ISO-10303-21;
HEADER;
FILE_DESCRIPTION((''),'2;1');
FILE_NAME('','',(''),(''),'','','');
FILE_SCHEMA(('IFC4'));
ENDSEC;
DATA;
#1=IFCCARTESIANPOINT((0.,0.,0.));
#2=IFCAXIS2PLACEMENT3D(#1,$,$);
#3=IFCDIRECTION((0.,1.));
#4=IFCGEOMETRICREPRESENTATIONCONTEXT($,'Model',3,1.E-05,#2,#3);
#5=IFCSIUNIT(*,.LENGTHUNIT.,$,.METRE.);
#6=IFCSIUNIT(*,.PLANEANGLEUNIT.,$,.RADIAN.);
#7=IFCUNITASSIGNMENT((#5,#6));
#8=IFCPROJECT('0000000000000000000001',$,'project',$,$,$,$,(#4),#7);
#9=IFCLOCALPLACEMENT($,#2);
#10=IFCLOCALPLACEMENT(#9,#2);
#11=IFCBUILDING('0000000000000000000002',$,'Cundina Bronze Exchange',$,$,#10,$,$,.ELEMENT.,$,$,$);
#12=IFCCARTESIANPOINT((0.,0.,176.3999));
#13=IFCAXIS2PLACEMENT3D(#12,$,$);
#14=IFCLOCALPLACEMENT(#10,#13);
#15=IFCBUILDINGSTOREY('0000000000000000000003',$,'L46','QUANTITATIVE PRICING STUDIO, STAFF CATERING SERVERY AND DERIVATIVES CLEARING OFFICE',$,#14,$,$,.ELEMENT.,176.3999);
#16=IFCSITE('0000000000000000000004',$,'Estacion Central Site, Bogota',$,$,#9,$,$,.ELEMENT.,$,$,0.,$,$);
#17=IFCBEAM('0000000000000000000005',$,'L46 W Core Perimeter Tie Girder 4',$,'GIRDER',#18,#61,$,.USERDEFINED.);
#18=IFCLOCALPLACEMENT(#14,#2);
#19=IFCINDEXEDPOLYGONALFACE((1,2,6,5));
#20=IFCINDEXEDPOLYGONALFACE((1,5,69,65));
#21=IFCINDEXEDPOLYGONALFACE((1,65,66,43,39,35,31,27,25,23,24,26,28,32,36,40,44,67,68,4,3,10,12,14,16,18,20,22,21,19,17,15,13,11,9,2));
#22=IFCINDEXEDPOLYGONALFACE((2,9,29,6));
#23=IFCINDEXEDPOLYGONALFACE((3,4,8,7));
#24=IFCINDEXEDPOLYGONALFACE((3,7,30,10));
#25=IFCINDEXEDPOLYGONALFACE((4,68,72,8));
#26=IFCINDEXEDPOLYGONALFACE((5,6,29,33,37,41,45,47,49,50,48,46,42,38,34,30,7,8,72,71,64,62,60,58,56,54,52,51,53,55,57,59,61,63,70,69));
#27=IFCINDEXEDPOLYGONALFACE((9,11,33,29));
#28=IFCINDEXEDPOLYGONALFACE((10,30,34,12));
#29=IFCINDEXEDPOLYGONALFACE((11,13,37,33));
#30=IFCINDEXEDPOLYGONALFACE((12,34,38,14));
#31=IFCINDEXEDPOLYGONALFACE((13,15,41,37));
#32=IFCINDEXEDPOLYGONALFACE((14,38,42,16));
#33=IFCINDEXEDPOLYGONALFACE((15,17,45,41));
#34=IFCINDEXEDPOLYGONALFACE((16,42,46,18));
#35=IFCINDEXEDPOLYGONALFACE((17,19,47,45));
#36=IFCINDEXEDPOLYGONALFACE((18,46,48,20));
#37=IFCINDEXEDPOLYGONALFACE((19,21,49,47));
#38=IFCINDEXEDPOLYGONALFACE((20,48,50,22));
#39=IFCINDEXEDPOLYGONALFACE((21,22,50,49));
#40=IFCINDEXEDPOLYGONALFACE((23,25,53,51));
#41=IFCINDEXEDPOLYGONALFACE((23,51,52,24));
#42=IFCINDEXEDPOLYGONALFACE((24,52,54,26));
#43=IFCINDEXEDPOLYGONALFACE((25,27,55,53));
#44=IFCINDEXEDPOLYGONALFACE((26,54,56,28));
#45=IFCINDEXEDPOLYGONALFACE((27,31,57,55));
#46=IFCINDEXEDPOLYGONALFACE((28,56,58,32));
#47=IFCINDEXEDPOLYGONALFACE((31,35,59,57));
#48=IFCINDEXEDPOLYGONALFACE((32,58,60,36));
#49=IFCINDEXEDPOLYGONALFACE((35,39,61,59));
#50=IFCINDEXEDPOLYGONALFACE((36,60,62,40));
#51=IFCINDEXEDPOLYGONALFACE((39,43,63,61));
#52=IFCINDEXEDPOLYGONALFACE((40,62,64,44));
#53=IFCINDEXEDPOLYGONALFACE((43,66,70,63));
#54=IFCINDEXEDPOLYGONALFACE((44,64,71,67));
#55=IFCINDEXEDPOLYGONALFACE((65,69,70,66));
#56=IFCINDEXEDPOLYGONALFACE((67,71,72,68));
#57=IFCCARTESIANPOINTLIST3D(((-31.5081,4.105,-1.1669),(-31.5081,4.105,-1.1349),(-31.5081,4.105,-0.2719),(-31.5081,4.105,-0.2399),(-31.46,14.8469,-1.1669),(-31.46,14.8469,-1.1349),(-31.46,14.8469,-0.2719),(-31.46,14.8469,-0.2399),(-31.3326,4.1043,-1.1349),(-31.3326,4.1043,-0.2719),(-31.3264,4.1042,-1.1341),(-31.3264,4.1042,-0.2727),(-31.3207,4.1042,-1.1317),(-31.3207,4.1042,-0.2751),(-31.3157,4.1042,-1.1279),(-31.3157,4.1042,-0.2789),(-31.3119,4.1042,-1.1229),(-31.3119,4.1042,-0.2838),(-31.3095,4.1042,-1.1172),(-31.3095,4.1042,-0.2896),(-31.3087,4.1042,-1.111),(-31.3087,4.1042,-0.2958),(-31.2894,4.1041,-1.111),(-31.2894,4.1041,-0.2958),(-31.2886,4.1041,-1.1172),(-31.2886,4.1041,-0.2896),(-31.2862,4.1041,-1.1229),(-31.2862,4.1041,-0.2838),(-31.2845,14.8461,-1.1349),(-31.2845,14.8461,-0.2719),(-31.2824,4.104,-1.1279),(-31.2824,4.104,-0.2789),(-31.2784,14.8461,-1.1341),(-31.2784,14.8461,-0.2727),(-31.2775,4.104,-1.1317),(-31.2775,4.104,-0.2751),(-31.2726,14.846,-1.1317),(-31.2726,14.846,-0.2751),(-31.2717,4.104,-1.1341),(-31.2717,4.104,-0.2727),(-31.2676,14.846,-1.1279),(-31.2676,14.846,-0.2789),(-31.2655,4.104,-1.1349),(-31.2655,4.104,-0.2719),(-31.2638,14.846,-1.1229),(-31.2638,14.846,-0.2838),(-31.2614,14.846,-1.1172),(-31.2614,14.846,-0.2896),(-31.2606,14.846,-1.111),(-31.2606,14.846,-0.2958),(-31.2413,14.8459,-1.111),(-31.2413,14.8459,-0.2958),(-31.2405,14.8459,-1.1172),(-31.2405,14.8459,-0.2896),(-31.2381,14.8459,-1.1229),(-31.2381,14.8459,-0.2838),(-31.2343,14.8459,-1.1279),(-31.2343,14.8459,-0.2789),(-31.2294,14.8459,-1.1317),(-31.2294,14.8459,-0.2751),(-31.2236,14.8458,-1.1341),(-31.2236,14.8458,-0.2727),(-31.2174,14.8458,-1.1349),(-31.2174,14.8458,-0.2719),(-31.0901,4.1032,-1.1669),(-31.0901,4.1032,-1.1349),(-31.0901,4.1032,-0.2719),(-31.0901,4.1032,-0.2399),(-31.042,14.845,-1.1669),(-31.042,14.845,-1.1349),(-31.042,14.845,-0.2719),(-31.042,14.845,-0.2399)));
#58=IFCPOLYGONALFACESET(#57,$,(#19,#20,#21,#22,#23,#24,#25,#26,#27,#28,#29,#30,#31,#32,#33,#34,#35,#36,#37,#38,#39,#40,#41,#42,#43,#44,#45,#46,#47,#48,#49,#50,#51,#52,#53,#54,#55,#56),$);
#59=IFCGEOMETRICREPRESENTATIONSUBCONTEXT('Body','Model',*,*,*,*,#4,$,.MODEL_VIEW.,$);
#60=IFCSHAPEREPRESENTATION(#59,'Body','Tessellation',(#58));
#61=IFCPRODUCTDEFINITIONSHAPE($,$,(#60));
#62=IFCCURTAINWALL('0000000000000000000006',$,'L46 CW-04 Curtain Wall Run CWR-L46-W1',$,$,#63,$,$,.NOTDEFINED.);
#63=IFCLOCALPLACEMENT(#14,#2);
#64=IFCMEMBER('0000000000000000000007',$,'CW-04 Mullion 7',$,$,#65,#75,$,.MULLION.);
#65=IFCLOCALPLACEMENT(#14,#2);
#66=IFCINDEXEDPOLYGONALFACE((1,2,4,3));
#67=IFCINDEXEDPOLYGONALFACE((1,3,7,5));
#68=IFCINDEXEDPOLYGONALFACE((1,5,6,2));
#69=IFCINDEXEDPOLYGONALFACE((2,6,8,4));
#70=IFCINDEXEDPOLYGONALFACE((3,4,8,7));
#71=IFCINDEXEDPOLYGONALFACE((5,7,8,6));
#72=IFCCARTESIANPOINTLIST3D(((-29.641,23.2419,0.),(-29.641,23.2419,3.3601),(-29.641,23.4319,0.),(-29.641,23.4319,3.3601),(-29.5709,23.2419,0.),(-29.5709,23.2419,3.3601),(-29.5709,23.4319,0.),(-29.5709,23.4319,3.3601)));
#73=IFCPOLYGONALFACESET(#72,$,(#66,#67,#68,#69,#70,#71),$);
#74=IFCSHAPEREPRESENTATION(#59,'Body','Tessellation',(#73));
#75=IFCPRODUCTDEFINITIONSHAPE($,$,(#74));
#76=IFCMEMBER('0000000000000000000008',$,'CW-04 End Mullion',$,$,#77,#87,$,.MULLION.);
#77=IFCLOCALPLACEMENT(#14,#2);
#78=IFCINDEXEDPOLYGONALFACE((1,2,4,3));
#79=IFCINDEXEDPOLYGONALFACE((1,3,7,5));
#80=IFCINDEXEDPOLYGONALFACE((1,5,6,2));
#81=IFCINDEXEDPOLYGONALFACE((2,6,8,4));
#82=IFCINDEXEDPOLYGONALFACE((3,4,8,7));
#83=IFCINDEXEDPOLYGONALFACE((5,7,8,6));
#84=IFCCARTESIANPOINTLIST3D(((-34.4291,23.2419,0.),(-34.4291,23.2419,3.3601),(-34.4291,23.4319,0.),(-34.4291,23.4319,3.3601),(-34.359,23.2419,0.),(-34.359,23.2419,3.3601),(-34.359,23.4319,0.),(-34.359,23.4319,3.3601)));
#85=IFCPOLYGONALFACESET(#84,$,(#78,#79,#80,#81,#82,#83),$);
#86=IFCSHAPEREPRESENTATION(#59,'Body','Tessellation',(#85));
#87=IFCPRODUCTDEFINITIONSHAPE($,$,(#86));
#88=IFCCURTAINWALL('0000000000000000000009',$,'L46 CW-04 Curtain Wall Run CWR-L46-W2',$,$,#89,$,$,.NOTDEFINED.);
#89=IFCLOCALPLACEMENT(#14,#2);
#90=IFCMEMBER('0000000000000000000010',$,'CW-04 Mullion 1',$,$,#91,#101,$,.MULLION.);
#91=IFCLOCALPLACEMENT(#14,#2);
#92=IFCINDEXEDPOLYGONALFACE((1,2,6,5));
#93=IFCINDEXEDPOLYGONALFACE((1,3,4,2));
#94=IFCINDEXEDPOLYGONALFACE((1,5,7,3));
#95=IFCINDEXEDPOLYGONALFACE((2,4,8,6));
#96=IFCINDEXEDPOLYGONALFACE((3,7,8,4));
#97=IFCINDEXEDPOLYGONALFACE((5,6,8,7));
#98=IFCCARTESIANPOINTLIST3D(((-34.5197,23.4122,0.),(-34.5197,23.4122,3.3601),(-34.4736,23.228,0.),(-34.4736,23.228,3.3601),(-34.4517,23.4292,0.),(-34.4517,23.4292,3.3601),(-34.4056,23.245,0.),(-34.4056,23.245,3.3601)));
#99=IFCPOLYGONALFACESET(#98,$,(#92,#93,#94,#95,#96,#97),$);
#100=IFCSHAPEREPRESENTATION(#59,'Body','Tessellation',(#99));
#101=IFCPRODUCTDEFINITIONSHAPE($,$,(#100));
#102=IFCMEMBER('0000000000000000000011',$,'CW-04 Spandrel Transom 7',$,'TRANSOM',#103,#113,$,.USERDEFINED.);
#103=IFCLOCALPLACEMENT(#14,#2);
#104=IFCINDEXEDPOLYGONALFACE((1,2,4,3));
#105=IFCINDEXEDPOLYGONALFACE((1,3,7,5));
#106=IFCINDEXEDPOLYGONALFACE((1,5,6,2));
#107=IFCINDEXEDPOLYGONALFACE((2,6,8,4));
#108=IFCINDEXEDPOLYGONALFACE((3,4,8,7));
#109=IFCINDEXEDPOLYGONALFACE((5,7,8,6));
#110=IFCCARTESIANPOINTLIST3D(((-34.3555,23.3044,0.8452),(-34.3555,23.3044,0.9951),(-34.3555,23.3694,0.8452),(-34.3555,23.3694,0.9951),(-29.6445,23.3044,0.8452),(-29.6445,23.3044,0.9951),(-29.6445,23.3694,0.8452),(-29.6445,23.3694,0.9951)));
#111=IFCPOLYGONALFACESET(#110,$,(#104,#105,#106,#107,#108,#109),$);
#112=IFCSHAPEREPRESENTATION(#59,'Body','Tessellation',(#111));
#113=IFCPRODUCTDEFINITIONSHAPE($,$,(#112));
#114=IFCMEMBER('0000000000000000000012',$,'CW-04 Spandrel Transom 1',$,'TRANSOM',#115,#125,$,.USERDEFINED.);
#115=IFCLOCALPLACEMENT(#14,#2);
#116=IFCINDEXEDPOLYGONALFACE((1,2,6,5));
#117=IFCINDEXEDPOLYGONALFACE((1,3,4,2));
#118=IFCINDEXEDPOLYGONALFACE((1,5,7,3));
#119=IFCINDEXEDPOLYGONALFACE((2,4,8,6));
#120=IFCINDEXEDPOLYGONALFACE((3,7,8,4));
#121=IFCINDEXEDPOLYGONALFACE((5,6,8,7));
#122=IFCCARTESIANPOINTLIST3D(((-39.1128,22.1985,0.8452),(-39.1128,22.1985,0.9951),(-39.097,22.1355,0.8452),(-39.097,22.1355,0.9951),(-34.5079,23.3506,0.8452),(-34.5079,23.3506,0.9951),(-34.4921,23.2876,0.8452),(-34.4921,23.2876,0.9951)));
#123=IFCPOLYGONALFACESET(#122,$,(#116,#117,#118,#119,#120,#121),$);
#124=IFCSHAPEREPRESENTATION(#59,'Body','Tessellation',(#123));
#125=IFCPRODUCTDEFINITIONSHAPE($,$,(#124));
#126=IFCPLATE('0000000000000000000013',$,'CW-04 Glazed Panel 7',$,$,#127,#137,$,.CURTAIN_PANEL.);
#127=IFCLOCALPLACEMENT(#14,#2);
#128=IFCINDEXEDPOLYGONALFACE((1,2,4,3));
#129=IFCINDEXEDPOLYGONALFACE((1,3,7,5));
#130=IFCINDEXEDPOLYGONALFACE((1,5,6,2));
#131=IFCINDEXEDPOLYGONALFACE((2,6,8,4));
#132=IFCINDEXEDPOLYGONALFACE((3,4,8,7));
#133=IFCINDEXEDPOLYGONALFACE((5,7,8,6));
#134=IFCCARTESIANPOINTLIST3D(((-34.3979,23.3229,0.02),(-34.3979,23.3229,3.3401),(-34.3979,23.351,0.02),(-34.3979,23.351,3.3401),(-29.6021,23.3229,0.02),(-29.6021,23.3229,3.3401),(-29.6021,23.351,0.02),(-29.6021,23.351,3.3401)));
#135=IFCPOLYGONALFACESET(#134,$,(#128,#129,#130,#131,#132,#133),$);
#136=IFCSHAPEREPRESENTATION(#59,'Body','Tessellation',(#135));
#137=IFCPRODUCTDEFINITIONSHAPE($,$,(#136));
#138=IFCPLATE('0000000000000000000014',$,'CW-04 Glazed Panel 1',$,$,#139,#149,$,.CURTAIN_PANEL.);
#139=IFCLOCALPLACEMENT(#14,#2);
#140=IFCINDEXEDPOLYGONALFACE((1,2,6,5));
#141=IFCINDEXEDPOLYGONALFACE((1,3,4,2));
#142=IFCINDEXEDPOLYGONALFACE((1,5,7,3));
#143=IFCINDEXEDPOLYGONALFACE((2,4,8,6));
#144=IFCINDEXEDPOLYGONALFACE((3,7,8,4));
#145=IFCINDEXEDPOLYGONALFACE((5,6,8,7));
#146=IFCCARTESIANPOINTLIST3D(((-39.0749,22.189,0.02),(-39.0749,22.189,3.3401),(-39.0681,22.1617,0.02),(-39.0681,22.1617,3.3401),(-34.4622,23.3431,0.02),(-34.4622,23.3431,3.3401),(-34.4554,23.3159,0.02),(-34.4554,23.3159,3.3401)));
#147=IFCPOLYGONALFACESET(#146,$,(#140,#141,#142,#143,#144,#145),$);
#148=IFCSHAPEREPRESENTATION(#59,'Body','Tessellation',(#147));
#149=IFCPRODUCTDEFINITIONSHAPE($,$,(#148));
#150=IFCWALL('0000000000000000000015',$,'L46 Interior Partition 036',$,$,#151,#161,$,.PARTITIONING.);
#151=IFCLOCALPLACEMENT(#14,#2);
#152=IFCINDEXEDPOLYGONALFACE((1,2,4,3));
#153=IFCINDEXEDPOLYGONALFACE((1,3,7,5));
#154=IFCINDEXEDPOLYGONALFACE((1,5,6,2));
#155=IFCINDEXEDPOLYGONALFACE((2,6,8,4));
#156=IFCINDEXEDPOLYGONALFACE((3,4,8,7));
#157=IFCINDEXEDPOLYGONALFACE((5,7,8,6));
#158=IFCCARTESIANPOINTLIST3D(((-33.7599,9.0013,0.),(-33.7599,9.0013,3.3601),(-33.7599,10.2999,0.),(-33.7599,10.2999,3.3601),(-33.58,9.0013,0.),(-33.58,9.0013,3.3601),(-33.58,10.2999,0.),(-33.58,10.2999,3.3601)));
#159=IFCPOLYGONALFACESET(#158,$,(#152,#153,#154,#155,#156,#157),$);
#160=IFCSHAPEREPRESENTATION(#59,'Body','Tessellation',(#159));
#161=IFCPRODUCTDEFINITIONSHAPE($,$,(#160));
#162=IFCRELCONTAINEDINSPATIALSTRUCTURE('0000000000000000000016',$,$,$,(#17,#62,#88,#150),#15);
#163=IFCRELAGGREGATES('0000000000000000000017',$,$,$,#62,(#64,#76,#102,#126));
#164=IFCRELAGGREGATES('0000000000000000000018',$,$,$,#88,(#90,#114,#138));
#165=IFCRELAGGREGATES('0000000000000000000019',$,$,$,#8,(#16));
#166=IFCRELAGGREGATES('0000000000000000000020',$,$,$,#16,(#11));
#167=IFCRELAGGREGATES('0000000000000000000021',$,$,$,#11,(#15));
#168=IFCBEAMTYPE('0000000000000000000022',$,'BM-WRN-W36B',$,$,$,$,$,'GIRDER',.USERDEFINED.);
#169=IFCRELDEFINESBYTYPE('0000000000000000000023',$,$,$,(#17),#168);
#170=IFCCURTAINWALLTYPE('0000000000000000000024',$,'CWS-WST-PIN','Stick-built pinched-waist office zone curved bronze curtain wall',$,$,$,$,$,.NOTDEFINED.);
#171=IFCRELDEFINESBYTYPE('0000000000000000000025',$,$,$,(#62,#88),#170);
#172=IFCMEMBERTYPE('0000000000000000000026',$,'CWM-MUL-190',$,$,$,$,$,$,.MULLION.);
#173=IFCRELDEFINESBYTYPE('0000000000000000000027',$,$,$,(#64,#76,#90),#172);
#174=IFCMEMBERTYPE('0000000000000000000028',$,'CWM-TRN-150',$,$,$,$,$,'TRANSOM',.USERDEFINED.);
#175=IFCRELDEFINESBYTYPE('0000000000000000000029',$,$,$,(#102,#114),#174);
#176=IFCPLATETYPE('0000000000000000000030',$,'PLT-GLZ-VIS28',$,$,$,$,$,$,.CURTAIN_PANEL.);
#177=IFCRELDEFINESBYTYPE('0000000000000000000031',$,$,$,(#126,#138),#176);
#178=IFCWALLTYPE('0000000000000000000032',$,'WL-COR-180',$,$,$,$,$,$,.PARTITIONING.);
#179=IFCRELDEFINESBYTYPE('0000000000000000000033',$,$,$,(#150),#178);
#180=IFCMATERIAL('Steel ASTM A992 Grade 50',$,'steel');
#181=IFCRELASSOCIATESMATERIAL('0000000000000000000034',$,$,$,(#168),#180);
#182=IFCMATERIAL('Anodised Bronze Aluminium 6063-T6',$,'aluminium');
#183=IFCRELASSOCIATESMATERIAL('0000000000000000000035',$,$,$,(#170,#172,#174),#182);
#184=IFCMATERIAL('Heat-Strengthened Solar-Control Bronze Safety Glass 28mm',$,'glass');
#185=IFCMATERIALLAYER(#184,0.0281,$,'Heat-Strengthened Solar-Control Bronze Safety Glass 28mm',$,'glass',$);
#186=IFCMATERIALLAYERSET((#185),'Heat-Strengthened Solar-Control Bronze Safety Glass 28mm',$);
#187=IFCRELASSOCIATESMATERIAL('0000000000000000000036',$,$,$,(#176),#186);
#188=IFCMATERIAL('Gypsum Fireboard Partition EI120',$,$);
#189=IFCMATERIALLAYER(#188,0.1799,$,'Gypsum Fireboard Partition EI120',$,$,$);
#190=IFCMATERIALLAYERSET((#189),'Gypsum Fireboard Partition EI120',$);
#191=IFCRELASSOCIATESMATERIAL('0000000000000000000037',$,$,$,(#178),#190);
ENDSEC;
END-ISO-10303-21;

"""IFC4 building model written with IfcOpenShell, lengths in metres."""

from ifc_helpers import new_model, si_unit, direction, frame, frame_2d, origin, origin_2d, place, context, subcontext, project, spatial, rectangle, i_section, extrude, material, layer, layer_set, material_profile, profile_set, type_object, element, aggregate, save


model = new_model("IFC4")

# Units and contexts
model_context = context("Model", 3, precision=1e-05, world=origin(), true_north=direction((0.0, 1.0)))
body_context = subcontext(model_context, "Body", "Model", "MODEL_VIEW")
ifc_project = project(units=[si_unit("LENGTHUNIT", "METRE"), si_unit("PLANEANGLEUNIT", "RADIAN")], contexts=[model_context])

# Site, building, storey
site_placement = place(None, origin())
site = spatial("IfcSite", under=ifc_project, at=site_placement, Name="Estacion Central Site, Bogota", CompositionType="ELEMENT", RefElevation=0.0)
building_placement = place(site_placement, origin())
building = spatial("IfcBuilding", under=site, at=building_placement, Name="Cundina Bronze Exchange", CompositionType="ELEMENT")
storey_placement = place(building_placement, frame((0.0, 0.0, 176.3999)))
storey = spatial("IfcBuildingStorey", under=building, at=storey_placement, Name="L46", Description="QUANTITATIVE PRICING STUDIO, STAFF CATERING SERVERY AND DERIVATIVES CLEARING OFFICE", CompositionType="ELEMENT", Elevation=176.3999)

# Shared definitions
ifc_material_1 = material(Name="Steel ASTM A992 Grade 50", Category="steel")

# Beam
ifc_material_profile_1 = material_profile(ifc_material_1, i_section(OverallWidth=0.418, OverallDepth=0.927, WebThickness=0.0193, FlangeThickness=0.032, FilletRadius=0.0239, at=origin_2d()), Name="W36X231", Category="steel")
ifc_profile_set_1 = profile_set([ifc_material_profile_1], Name="Steel ASTM A992 Grade 50")
beam_type_1 = type_object("IfcBeamType", Name="BM-WRN-W36B", ElementType="GIRDER", PredefinedType="USERDEFINED", material=ifc_profile_set_1)
beam_1_placement = place(storey_placement, frame((-31.251, 14.8459, -0.7034), z_axis=(-0.004477, -0.99999, 0.0), x_axis=(0.99999, -0.004477, 0.0)))
element("IfcBeam", 1, at=beam_1_placement, inside=storey, type_object=beam_type_1, Name="L46 W Core Perimeter Tie Girder 4", ObjectType="GIRDER", PredefinedType="USERDEFINED", context=body_context, shape_type="SweptSolid", body=[
    extrude(i_section(OverallWidth=0.418, OverallDepth=0.927, WebThickness=0.0193, FlangeThickness=0.032, FilletRadius=0.0239, at=origin_2d()), origin(), (0.0, 0.0, 1.0), 10.7419),
])

# Curtain wall, members
ifc_material_2 = material(Name="Anodised Bronze Aluminium 6063-T6", Category="aluminium")
curtain_wall_type = type_object("IfcCurtainWallType", Name="CWS-WST-PIN", Description="Stick-built pinched-waist office zone curved bronze curtain wall", PredefinedType="NOTDEFINED", material=ifc_material_2)
curtain_wall_1_placement = place(storey_placement, origin())
curtain_wall_1 = element("IfcCurtainWall", 2, at=curtain_wall_1_placement, inside=storey, type_object=curtain_wall_type, Name="L46 CW-04 Curtain Wall Run CWR-L46-W1", PredefinedType="NOTDEFINED")
ifc_material_profile_2 = material_profile(ifc_material_2, rectangle(XDim=0.0701, YDim=0.1899, at=origin_2d()), Name="AL70X190", Category="aluminium")
ifc_profile_set_2 = profile_set([ifc_material_profile_2], Name="Anodised Bronze Aluminium 6063-T6")
member_type_1 = type_object("IfcMemberType", Name="CWM-MUL-190", PredefinedType="MULLION", material=ifc_profile_set_2)
member_1_placement = place(storey_placement, frame((-29.606, 23.3369, 0.0), z_axis=(0.0, 0.0, 1.0), x_axis=(-1.0, 0.0, 0.0)))
member_1 = element("IfcMember", 3, at=member_1_placement, type_object=member_type_1, Name="CW-04 Mullion 7", PredefinedType="MULLION", context=body_context, shape_type="SweptSolid", body=[
    extrude(rectangle(XDim=0.0701, YDim=0.1899, at=origin_2d()), origin(), (0.0, 0.0, 1.0), 3.3601),
])
member_2_placement = place(storey_placement, frame((-34.394, 23.3369, 0.0), z_axis=(0.0, 0.0, 1.0), x_axis=(-1.0, 0.0, 0.0)))
member_2 = element("IfcMember", 4, at=member_2_placement, type_object=member_type_1, Name="CW-04 End Mullion", PredefinedType="MULLION", context=body_context, shape_type="SweptSolid", body=[
    extrude(rectangle(XDim=0.0701, YDim=0.1899, at=origin_2d()), origin(), (0.0, 0.0, 1.0), 3.3601),
])

# Curtain wall, member
curtain_wall_2_placement = place(storey_placement, origin())
curtain_wall_2 = element("IfcCurtainWall", 5, at=curtain_wall_2_placement, inside=storey, type_object=curtain_wall_type, Name="L46 CW-04 Curtain Wall Run CWR-L46-W2", PredefinedType="NOTDEFINED")
member_3_placement = place(storey_placement, frame((-34.4626, 23.3286, 0.0), z_axis=(0.0, 0.0, 1.0), x_axis=(-0.970084, -0.242769, 0.0)))
member_3 = element("IfcMember", 6, at=member_3_placement, type_object=member_type_1, Name="CW-04 Mullion 1", PredefinedType="MULLION", context=body_context, shape_type="SweptSolid", body=[
    extrude(rectangle(XDim=0.0701, YDim=0.1899, at=origin_2d()), origin(), (0.0, 0.0, 1.0), 3.3601),
])

# Members
ifc_material_profile_3 = material_profile(ifc_material_2, rectangle(XDim=0.0649, YDim=0.1499, at=origin_2d()), Name="AL65X150", Category="aluminium")
ifc_profile_set_3 = profile_set([ifc_material_profile_3], Name="Anodised Bronze Aluminium 6063-T6")
member_type_2 = type_object("IfcMemberType", Name="CWM-TRN-150", ElementType="TRANSOM", PredefinedType="USERDEFINED", material=ifc_profile_set_3)
member_4_placement = place(storey_placement, frame((-29.6445, 23.3369, 0.9202), z_axis=(-1.0, 0.0, 0.0), x_axis=(0.0, -1.0, 0.0)))
member_4 = element("IfcMember", 7, at=member_4_placement, type_object=member_type_2, Name="CW-04 Spandrel Transom 7", ObjectType="TRANSOM", PredefinedType="USERDEFINED", context=body_context, shape_type="SweptSolid", body=[
    extrude(rectangle(XDim=0.0649, YDim=0.1499, at=origin_2d()), origin(), (0.0, 0.0, 1.0), 4.7109),
])
member_5_placement = place(storey_placement, frame((-34.5, 23.3191, 0.9202), z_axis=(-0.9701, -0.242705, 0.0), x_axis=(0.242705, -0.9701, 0.0)))
member_5 = element("IfcMember", 8, at=member_5_placement, type_object=member_type_2, Name="CW-04 Spandrel Transom 1", ObjectType="TRANSOM", PredefinedType="USERDEFINED", context=body_context, shape_type="SweptSolid", body=[
    extrude(rectangle(XDim=0.0649, YDim=0.1499, at=origin_2d()), origin(), (0.0, 0.0, 1.0), 4.7468),
])

# Plates
ifc_material_3 = material(Name="Heat-Strengthened Solar-Control Bronze Safety Glass 28mm", Category="glass")
ifc_layer_1 = layer(ifc_material_3, 0.0281, Name="Heat-Strengthened Solar-Control Bronze Safety Glass 28mm", Category="glass")
ifc_layer_set_1 = layer_set([ifc_layer_1], Name="Heat-Strengthened Solar-Control Bronze Safety Glass 28mm")
plate_type = type_object("IfcPlateType", Name="PLT-GLZ-VIS28", PredefinedType="CURTAIN_PANEL", material=ifc_layer_set_1)
plate_1_placement = place(storey_placement, frame((-32.0, 23.3369, 0.02), z_axis=(0.0, 0.0, 1.0), x_axis=(-1.0, 0.0, 0.0)))
plate_1 = element("IfcPlate", 9, at=plate_1_placement, type_object=plate_type, Name="CW-04 Glazed Panel 7", PredefinedType="CURTAIN_PANEL", context=body_context, shape_type="SweptSolid", body=[
    extrude(rectangle(XDim=4.7959, YDim=0.0281, at=origin_2d()), origin(), (0.0, 0.0, 1.0), 3.3201),
])
aggregate(curtain_wall_1, [member_1, member_2, member_4, plate_1])
plate_2_placement = place(storey_placement, frame((-36.7651, 22.7524, 0.02), z_axis=(0.0, 0.0, 1.0), x_axis=(-0.970093, -0.242735, 0.0)))
plate_2 = element("IfcPlate", 10, at=plate_2_placement, type_object=plate_type, Name="CW-04 Glazed Panel 1", PredefinedType="CURTAIN_PANEL", context=body_context, shape_type="SweptSolid", body=[
    extrude(rectangle(XDim=4.7549, YDim=0.0281, at=origin_2d()), origin(), (0.0, 0.0, 1.0), 3.3201),
])
aggregate(curtain_wall_2, [member_3, member_5, plate_2])

# Shared definitions
ifc_material_4 = material(Name="Gypsum Fireboard Partition EI120")
ifc_layer_2 = layer(ifc_material_4, 0.1799, Name="Gypsum Fireboard Partition EI120")
ifc_layer_set_2 = layer_set([ifc_layer_2], Name="Gypsum Fireboard Partition EI120")
wall_type_1 = type_object("IfcWallType", Name="WL-COR-180", PredefinedType="PARTITIONING", material=ifc_layer_set_2)

# Wall
wall_1_placement = place(storey_placement, frame((-33.6699, 10.3, 0.0), z_axis=(0.0, 0.0, 1.0), x_axis=(0.0, -1.0, 0.0)))
element("IfcWall", 11, at=wall_1_placement, inside=storey, type_object=wall_type_1, Name="L46 Interior Partition 036", PredefinedType="PARTITIONING", context=body_context, shape_type="SweptSolid", body=[
    extrude(rectangle(XDim=1.2986, YDim=0.1799, at=frame_2d((0.6494, 0.0))), origin(), (0.0, 0.0, 1.0), 3.3601),
])

save(model, "model.ifc")
